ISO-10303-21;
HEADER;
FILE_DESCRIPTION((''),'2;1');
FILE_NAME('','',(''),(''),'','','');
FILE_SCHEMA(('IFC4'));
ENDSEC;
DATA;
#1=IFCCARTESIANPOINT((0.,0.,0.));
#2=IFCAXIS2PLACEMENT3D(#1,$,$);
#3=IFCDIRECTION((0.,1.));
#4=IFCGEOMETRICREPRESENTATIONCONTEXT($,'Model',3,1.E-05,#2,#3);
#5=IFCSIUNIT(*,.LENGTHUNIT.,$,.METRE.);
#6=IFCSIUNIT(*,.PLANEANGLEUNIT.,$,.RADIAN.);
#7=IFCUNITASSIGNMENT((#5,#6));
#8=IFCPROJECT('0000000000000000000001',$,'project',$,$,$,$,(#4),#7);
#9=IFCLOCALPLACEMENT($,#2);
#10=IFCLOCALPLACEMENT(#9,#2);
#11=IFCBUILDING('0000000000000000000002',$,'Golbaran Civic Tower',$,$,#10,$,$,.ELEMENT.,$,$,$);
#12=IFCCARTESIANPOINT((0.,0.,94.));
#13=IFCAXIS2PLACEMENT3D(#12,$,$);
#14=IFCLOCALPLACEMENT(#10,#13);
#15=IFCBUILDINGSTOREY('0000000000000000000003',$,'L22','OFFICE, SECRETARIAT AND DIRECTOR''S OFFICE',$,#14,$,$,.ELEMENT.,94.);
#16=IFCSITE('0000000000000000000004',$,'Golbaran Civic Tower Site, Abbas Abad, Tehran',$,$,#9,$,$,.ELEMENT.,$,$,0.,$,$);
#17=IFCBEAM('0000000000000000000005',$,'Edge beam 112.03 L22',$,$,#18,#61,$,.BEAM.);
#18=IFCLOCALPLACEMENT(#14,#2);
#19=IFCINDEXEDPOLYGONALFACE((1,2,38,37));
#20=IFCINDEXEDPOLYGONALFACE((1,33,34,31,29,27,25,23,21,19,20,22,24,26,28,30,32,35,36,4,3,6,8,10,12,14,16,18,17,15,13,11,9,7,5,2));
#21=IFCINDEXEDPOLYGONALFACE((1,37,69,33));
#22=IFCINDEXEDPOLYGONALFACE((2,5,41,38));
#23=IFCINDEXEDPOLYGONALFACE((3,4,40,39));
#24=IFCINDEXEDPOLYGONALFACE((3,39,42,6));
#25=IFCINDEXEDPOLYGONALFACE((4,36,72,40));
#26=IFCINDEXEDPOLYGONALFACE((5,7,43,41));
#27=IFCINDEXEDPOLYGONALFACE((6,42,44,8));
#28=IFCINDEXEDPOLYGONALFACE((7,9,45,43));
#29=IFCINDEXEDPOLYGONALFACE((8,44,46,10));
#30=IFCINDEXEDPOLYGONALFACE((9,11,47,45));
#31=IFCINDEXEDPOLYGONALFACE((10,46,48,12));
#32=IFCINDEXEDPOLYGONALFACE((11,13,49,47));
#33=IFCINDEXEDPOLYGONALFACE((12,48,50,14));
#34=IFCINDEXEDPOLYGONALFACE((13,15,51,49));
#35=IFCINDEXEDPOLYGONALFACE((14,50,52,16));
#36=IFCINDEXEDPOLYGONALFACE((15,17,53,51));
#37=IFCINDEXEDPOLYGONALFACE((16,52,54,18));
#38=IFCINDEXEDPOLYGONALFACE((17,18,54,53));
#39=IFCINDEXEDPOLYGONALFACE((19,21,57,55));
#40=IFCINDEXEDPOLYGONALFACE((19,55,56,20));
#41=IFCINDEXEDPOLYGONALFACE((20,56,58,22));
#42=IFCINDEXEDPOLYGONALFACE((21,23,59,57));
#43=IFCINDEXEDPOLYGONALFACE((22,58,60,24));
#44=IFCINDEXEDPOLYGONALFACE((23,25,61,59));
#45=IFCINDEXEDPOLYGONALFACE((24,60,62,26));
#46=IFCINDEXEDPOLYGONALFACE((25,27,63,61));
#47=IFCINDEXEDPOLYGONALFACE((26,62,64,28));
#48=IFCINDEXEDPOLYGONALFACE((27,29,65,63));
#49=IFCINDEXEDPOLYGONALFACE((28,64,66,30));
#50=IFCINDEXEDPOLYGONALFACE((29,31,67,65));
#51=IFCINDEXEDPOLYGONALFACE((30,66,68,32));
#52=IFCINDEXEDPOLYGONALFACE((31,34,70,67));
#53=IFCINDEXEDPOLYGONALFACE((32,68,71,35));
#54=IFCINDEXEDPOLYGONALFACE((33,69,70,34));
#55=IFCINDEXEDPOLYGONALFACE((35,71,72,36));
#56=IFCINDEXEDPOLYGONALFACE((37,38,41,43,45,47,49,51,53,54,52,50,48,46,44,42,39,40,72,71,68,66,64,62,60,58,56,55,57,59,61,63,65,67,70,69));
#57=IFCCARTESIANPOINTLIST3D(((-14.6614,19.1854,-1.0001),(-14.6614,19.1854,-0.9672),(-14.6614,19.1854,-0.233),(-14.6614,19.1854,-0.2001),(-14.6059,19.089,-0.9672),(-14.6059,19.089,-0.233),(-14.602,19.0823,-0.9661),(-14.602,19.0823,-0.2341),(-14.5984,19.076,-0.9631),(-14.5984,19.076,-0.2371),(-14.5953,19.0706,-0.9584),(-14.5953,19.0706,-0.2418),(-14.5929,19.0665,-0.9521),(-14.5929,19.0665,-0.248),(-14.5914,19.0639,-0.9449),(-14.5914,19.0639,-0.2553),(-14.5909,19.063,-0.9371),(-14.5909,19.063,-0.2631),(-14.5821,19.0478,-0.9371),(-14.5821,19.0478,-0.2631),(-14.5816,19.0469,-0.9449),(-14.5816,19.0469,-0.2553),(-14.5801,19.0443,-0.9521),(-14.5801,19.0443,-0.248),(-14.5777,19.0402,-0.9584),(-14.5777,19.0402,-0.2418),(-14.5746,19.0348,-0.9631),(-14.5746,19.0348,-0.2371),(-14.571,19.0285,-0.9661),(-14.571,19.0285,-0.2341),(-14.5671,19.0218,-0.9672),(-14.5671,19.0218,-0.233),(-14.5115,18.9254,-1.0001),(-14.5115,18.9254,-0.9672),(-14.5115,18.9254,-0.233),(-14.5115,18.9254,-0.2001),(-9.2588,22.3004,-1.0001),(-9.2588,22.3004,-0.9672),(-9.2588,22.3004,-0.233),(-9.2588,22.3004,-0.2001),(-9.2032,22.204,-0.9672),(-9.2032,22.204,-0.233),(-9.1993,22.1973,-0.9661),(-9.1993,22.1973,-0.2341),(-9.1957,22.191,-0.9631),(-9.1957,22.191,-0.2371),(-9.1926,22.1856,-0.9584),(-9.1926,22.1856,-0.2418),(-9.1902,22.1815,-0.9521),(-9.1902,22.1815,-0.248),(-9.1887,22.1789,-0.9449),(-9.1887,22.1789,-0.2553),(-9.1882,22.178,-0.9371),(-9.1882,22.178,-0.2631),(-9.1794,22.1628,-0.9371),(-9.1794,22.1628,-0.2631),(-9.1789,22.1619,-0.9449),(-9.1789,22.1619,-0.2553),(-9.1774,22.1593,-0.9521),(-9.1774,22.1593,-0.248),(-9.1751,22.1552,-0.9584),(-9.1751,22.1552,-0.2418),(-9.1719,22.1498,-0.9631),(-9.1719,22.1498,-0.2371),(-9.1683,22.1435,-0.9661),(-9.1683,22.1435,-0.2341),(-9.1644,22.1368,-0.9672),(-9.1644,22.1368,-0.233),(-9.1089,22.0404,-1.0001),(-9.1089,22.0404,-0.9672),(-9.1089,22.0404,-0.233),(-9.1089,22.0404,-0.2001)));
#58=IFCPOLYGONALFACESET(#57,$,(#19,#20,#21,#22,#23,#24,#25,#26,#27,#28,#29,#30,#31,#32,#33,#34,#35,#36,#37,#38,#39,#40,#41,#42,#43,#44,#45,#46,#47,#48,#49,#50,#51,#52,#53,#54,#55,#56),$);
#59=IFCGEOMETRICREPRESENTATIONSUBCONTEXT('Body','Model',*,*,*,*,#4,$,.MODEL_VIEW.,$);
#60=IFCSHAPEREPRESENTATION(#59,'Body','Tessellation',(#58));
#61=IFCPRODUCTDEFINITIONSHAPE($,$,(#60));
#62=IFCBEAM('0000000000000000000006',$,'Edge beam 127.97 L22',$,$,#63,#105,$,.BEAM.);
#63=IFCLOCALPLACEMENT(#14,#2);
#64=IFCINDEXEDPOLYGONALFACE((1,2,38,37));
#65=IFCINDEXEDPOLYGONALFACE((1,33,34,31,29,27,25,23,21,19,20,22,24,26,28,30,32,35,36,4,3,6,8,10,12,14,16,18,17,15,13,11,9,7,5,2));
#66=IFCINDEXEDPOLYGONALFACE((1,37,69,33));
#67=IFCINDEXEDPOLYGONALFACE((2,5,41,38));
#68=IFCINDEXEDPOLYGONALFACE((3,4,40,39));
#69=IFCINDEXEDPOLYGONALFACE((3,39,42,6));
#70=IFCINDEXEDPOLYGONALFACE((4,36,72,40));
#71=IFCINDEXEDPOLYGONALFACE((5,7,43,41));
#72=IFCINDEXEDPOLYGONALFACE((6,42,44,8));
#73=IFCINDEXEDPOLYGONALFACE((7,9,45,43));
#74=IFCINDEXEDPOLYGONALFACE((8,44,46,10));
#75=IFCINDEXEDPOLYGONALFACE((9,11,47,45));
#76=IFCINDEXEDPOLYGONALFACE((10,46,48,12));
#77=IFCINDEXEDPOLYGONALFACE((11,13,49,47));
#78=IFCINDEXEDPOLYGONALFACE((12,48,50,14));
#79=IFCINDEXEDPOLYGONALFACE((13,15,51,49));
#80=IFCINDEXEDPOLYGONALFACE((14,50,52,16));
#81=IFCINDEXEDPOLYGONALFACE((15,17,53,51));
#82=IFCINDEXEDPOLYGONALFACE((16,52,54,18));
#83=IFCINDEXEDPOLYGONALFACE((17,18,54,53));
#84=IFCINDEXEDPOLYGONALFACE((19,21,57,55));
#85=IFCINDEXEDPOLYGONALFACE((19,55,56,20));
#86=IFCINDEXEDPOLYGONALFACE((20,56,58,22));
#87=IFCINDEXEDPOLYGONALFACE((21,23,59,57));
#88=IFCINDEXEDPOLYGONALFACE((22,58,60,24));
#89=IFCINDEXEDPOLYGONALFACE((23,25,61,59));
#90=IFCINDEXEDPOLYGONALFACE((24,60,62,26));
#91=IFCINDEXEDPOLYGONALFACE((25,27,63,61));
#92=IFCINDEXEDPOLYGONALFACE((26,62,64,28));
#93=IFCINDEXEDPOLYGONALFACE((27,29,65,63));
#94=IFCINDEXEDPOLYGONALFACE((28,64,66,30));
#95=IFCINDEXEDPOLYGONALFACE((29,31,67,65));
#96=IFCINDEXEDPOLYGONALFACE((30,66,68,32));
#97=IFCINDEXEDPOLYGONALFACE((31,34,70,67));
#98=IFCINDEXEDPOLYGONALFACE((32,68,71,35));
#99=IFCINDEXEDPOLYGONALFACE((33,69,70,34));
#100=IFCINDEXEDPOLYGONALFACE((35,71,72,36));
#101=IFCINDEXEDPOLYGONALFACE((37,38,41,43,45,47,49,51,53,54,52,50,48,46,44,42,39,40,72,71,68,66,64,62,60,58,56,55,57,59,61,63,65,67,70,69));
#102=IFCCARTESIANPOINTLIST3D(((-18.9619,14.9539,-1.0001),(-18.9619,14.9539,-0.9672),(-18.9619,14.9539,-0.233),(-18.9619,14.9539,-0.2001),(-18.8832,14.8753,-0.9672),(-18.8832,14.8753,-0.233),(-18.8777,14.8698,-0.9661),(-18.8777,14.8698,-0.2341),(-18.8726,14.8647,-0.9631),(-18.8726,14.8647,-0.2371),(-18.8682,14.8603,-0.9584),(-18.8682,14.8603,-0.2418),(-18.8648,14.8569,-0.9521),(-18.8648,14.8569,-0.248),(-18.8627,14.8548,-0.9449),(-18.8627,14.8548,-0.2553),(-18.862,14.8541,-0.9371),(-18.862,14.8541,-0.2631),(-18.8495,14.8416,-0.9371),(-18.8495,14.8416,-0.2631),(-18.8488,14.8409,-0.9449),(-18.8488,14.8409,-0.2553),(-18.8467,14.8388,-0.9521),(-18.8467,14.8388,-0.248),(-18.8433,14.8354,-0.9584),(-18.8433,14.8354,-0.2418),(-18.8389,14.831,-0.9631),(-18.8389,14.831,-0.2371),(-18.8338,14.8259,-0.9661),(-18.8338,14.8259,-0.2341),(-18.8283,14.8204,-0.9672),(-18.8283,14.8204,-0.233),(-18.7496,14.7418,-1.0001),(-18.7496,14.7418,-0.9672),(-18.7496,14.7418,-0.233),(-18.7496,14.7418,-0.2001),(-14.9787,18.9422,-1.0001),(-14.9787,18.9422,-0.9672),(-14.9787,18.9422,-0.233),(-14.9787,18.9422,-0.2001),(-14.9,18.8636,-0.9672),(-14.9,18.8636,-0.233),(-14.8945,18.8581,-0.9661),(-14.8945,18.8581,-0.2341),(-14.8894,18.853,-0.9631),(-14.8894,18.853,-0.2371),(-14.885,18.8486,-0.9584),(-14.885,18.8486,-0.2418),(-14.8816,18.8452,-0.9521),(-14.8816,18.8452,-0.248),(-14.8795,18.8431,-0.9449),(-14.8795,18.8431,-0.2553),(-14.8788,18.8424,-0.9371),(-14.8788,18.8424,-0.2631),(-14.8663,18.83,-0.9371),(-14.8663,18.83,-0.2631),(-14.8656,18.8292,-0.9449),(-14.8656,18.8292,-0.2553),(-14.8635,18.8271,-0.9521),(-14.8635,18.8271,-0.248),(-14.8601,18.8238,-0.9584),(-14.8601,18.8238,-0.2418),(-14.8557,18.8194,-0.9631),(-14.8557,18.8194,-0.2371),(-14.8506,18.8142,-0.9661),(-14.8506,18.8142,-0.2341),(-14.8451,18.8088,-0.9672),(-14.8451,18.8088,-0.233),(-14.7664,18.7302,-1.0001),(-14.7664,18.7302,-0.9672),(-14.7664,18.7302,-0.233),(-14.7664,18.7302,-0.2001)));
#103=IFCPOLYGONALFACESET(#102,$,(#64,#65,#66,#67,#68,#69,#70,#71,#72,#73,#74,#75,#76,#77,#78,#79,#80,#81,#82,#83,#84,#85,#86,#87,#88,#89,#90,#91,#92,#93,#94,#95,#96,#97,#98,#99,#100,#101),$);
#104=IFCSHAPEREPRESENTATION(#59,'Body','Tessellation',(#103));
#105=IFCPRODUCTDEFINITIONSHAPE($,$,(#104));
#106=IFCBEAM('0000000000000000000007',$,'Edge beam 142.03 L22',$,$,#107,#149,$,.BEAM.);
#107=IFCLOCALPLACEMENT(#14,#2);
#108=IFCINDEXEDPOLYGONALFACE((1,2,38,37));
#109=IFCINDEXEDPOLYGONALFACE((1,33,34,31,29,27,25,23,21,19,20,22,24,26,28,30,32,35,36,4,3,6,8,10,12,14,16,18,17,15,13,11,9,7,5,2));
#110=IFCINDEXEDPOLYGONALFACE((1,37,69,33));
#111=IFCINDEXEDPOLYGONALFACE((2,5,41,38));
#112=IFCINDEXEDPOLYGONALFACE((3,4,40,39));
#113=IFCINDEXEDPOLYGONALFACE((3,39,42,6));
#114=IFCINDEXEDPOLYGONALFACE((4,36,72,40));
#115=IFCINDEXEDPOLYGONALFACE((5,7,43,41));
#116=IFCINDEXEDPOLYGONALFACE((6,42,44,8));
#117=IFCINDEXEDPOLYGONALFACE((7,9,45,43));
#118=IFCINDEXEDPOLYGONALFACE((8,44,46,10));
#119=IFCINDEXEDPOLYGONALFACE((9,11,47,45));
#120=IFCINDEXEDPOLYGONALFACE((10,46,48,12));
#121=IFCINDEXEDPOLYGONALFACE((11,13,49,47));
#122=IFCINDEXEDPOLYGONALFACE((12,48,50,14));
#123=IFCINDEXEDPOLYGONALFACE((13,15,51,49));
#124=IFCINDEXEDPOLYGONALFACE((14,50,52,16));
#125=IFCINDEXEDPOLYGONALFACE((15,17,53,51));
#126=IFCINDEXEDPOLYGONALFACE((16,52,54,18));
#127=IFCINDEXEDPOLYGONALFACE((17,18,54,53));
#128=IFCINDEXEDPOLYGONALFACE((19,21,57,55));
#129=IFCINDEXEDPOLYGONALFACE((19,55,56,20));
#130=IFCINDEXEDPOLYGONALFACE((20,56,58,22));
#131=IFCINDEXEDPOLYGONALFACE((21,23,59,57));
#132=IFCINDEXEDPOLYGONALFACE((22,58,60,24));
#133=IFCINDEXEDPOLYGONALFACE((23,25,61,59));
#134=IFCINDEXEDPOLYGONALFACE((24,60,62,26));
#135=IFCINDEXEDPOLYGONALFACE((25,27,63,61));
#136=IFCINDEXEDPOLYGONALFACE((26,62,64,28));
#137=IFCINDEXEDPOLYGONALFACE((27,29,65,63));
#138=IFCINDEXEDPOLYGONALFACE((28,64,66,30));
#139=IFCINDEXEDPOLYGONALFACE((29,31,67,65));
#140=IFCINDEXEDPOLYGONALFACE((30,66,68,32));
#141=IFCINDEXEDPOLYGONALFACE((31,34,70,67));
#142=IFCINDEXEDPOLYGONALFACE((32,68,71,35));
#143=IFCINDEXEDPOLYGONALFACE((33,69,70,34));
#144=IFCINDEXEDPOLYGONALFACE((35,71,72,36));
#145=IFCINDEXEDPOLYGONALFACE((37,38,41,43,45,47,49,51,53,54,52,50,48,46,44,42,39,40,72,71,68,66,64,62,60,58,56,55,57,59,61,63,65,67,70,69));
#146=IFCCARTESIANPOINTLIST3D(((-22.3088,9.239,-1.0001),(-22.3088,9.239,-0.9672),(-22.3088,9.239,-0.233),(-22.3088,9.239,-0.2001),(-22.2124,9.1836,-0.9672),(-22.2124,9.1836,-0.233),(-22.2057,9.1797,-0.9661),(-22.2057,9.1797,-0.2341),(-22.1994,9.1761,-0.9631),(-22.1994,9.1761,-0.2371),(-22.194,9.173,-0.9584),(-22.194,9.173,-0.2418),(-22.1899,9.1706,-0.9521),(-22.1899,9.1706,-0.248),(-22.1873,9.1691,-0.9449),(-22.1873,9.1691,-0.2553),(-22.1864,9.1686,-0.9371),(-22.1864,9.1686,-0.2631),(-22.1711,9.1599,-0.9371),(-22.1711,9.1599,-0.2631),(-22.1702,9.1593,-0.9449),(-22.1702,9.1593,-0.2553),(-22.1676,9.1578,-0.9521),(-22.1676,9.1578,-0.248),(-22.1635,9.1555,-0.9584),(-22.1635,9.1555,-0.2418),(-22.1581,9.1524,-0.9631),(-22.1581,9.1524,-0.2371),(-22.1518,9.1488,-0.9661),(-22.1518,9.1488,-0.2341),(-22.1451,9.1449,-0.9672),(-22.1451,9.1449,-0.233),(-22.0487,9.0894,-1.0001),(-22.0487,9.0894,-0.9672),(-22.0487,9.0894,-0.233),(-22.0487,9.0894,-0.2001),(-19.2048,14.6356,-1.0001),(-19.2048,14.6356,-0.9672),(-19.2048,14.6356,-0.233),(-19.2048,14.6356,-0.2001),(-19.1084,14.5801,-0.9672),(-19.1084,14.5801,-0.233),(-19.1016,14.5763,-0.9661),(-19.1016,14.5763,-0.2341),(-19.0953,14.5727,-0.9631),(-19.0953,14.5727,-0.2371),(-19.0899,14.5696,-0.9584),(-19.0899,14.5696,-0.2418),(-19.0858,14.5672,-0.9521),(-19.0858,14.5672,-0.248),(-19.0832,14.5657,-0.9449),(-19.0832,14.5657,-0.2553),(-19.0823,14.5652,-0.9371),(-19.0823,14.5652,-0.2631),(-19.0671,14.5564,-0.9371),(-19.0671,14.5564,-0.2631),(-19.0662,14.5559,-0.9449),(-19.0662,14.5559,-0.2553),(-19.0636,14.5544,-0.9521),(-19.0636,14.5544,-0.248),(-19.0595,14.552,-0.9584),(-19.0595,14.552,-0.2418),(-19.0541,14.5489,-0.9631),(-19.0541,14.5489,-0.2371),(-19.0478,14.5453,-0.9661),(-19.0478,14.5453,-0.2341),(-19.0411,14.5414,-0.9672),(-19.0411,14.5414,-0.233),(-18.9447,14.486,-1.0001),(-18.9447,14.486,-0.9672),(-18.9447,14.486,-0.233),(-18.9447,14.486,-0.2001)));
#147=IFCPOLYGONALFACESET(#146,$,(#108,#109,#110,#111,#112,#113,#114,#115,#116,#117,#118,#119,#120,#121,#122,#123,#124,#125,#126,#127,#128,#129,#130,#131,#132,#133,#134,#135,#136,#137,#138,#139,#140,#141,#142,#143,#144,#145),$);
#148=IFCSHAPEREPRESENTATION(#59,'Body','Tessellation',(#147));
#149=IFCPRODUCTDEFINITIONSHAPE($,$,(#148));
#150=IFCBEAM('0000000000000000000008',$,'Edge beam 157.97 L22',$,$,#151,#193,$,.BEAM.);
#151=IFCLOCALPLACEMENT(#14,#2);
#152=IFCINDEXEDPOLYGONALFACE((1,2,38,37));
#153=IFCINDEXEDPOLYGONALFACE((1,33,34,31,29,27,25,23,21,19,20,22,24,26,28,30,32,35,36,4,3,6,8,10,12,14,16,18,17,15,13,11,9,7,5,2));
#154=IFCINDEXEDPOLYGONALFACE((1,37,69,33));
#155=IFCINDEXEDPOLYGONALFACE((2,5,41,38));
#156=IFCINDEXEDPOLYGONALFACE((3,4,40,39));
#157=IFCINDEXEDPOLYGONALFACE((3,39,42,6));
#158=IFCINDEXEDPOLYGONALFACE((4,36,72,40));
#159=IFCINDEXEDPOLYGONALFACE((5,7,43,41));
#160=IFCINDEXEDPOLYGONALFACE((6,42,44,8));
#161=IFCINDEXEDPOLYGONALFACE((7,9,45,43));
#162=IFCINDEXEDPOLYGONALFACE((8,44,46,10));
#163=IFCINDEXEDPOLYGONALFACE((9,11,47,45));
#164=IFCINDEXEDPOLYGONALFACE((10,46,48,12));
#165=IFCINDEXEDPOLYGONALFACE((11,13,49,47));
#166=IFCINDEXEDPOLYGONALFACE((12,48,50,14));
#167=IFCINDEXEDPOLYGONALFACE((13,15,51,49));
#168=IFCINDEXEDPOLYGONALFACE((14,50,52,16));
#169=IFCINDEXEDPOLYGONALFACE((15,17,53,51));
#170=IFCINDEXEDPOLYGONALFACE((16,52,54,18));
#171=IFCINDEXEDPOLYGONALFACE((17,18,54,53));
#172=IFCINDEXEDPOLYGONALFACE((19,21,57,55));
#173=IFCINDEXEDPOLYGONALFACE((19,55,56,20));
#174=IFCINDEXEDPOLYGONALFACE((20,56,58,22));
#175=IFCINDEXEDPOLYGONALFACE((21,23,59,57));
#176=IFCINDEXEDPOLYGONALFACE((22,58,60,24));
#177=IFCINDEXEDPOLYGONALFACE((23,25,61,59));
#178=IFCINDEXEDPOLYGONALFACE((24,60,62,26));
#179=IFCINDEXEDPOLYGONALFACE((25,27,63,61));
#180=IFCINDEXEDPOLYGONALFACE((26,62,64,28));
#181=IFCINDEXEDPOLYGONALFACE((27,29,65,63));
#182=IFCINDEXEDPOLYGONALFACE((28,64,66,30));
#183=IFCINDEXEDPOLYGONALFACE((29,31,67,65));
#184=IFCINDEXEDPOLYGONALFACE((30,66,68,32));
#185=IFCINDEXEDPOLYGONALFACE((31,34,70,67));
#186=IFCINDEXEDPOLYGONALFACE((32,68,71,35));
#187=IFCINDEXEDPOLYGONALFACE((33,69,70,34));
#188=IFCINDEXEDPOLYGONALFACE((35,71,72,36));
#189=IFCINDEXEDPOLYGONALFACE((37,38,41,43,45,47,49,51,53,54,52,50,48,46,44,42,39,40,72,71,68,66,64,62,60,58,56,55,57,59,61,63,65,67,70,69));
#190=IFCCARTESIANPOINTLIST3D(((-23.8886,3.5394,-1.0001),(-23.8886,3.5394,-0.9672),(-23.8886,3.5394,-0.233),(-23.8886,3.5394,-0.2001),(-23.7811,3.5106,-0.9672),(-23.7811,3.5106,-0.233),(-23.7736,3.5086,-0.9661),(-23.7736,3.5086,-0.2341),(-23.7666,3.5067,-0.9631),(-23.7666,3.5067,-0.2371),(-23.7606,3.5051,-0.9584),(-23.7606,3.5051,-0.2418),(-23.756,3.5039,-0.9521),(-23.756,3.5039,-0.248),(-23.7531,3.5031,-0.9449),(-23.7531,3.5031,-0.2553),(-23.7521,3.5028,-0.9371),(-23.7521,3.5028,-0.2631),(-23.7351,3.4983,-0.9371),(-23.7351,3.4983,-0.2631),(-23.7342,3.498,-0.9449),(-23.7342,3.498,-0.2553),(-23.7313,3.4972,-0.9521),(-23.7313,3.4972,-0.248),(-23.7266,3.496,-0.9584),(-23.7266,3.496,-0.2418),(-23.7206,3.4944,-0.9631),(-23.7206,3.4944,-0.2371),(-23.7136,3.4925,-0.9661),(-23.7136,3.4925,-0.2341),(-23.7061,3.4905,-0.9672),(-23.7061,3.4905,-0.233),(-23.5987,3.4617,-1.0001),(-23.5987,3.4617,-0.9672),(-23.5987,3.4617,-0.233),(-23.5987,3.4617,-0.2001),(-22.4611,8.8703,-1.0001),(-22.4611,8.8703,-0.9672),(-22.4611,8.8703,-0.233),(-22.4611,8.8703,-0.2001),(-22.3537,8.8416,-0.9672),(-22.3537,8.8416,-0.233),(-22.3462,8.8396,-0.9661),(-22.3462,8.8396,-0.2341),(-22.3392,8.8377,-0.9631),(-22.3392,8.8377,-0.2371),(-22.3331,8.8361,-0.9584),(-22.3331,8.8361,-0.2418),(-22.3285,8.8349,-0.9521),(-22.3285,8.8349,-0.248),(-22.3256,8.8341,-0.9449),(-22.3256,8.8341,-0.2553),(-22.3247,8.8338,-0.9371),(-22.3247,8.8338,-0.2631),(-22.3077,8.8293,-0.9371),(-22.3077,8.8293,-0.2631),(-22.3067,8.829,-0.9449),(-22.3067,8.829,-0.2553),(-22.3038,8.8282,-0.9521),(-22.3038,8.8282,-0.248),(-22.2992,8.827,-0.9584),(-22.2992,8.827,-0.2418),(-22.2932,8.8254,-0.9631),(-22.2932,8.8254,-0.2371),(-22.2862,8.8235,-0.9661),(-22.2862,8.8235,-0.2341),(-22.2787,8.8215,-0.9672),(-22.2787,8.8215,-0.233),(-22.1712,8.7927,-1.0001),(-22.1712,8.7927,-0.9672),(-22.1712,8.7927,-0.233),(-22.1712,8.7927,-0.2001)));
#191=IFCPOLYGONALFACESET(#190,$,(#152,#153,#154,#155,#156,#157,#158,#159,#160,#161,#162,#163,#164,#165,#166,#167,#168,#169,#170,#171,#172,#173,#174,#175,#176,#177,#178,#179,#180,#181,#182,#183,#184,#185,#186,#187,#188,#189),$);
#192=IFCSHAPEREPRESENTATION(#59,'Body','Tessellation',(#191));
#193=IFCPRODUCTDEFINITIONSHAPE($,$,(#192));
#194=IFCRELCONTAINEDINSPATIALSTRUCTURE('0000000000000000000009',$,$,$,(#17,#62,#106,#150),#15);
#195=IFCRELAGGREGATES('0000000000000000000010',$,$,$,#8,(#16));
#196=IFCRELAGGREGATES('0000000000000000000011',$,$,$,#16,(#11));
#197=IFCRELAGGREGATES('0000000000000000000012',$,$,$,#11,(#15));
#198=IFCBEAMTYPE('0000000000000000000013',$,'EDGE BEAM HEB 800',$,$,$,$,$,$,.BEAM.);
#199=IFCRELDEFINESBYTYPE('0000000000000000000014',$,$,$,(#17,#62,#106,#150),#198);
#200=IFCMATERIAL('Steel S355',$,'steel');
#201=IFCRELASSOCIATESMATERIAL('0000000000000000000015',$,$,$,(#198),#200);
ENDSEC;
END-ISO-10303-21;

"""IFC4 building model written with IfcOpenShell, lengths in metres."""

from ifc_helpers import new_model, si_unit, direction, frame, origin, origin_2d, place, context, subcontext, project, spatial, i_section, extrude, material, material_profile, profile_set, type_object, element, save


model = new_model("IFC4")

# Units and contexts
model_context = context("Model", 3, precision=1e-05, world=origin(), true_north=direction((0.0, 1.0)))
body_context = subcontext(model_context, "Body", "Model", "MODEL_VIEW")
ifc_project = project(units=[si_unit("LENGTHUNIT", "METRE"), si_unit("PLANEANGLEUNIT", "RADIAN")], contexts=[model_context])

# Site, building, storey
site_placement = place(None, origin())
site = spatial("IfcSite", under=ifc_project, at=site_placement, Name="Golbaran Civic Tower Site, Abbas Abad, Tehran", CompositionType="ELEMENT", RefElevation=0.0)
building_placement = place(site_placement, origin())
building = spatial("IfcBuilding", under=site, at=building_placement, Name="Golbaran Civic Tower", CompositionType="ELEMENT")
storey_placement = place(building_placement, frame((0.0, 0.0, 94.0)))
storey = spatial("IfcBuildingStorey", under=building, at=storey_placement, Name="L22", Description="OFFICE, SECRETARIAT AND DIRECTOR'S OFFICE", CompositionType="ELEMENT", Elevation=94.0)

# Beams
ifc_material_1 = material(Name="Steel S355", Category="steel")
ifc_material_profile_1 = material_profile(ifc_material_1, i_section(OverallWidth=0.3, OverallDepth=0.8, WebThickness=0.0176, FlangeThickness=0.033, FilletRadius=0.03, at=origin_2d()), Name="HEB 800")
ifc_profile_set_1 = profile_set([ifc_material_profile_1], Name="Steel S355")
beam_type_1 = type_object("IfcBeamType", Name="EDGE BEAM HEB 800", PredefinedType="BEAM", material=ifc_profile_set_1)
beam_1_placement = place(storey_placement, frame((-9.1838, 22.1704, -0.6001), z_axis=(-0.866317, -0.499495, 0.0), x_axis=(0.499495, -0.866317, 0.0)))
element("IfcBeam", 1, at=beam_1_placement, inside=storey, type_object=beam_type_1, Name="Edge beam 112.03 L22", PredefinedType="BEAM", context=body_context, shape_type="SweptSolid", body=[
    extrude(i_section(OverallWidth=0.3, OverallDepth=0.8, WebThickness=0.0176, FlangeThickness=0.033, FilletRadius=0.03, at=origin_2d()), origin(), (0.0, 0.0, 1.0), 6.2363),
])
beam_2_placement = place(storey_placement, frame((-14.8726, 18.8362, -0.6001), z_axis=(-0.706652, -0.707561, 0.0), x_axis=(0.707561, -0.706652, 0.0)))
element("IfcBeam", 2, at=beam_2_placement, inside=storey, type_object=beam_type_1, Name="Edge beam 127.97 L22", PredefinedType="BEAM", context=body_context, shape_type="SweptSolid", body=[
    extrude(i_section(OverallWidth=0.3, OverallDepth=0.8, WebThickness=0.0176, FlangeThickness=0.033, FilletRadius=0.03, at=origin_2d()), origin(), (0.0, 0.0, 1.0), 5.6367),
])
beam_3_placement = place(storey_placement, frame((-19.0747, 14.5608, -0.6001), z_axis=(-0.498595, -0.866835, 0.0), x_axis=(0.866835, -0.498595, 0.0)))
element("IfcBeam", 3, at=beam_3_placement, inside=storey, type_object=beam_type_1, Name="Edge beam 142.03 L22", PredefinedType="BEAM", context=body_context, shape_type="SweptSolid", body=[
    extrude(i_section(OverallWidth=0.3, OverallDepth=0.8, WebThickness=0.0176, FlangeThickness=0.033, FilletRadius=0.03, at=origin_2d()), origin(), (0.0, 0.0, 1.0), 6.2256),
])
beam_4_placement = place(storey_placement, frame((-22.3162, 8.8315, -0.6001), z_axis=(-0.258656, -0.965969, 0.0), x_axis=(0.965969, -0.258656, 0.0)))
element("IfcBeam", 4, at=beam_4_placement, inside=storey, type_object=beam_type_1, Name="Edge beam 157.97 L22", PredefinedType="BEAM", context=body_context, shape_type="SweptSolid", body=[
    extrude(i_section(OverallWidth=0.3, OverallDepth=0.8, WebThickness=0.0176, FlangeThickness=0.033, FilletRadius=0.03, at=origin_2d()), origin(), (0.0, 0.0, 1.0), 5.5188),
])

save(model, "model.ifc")
